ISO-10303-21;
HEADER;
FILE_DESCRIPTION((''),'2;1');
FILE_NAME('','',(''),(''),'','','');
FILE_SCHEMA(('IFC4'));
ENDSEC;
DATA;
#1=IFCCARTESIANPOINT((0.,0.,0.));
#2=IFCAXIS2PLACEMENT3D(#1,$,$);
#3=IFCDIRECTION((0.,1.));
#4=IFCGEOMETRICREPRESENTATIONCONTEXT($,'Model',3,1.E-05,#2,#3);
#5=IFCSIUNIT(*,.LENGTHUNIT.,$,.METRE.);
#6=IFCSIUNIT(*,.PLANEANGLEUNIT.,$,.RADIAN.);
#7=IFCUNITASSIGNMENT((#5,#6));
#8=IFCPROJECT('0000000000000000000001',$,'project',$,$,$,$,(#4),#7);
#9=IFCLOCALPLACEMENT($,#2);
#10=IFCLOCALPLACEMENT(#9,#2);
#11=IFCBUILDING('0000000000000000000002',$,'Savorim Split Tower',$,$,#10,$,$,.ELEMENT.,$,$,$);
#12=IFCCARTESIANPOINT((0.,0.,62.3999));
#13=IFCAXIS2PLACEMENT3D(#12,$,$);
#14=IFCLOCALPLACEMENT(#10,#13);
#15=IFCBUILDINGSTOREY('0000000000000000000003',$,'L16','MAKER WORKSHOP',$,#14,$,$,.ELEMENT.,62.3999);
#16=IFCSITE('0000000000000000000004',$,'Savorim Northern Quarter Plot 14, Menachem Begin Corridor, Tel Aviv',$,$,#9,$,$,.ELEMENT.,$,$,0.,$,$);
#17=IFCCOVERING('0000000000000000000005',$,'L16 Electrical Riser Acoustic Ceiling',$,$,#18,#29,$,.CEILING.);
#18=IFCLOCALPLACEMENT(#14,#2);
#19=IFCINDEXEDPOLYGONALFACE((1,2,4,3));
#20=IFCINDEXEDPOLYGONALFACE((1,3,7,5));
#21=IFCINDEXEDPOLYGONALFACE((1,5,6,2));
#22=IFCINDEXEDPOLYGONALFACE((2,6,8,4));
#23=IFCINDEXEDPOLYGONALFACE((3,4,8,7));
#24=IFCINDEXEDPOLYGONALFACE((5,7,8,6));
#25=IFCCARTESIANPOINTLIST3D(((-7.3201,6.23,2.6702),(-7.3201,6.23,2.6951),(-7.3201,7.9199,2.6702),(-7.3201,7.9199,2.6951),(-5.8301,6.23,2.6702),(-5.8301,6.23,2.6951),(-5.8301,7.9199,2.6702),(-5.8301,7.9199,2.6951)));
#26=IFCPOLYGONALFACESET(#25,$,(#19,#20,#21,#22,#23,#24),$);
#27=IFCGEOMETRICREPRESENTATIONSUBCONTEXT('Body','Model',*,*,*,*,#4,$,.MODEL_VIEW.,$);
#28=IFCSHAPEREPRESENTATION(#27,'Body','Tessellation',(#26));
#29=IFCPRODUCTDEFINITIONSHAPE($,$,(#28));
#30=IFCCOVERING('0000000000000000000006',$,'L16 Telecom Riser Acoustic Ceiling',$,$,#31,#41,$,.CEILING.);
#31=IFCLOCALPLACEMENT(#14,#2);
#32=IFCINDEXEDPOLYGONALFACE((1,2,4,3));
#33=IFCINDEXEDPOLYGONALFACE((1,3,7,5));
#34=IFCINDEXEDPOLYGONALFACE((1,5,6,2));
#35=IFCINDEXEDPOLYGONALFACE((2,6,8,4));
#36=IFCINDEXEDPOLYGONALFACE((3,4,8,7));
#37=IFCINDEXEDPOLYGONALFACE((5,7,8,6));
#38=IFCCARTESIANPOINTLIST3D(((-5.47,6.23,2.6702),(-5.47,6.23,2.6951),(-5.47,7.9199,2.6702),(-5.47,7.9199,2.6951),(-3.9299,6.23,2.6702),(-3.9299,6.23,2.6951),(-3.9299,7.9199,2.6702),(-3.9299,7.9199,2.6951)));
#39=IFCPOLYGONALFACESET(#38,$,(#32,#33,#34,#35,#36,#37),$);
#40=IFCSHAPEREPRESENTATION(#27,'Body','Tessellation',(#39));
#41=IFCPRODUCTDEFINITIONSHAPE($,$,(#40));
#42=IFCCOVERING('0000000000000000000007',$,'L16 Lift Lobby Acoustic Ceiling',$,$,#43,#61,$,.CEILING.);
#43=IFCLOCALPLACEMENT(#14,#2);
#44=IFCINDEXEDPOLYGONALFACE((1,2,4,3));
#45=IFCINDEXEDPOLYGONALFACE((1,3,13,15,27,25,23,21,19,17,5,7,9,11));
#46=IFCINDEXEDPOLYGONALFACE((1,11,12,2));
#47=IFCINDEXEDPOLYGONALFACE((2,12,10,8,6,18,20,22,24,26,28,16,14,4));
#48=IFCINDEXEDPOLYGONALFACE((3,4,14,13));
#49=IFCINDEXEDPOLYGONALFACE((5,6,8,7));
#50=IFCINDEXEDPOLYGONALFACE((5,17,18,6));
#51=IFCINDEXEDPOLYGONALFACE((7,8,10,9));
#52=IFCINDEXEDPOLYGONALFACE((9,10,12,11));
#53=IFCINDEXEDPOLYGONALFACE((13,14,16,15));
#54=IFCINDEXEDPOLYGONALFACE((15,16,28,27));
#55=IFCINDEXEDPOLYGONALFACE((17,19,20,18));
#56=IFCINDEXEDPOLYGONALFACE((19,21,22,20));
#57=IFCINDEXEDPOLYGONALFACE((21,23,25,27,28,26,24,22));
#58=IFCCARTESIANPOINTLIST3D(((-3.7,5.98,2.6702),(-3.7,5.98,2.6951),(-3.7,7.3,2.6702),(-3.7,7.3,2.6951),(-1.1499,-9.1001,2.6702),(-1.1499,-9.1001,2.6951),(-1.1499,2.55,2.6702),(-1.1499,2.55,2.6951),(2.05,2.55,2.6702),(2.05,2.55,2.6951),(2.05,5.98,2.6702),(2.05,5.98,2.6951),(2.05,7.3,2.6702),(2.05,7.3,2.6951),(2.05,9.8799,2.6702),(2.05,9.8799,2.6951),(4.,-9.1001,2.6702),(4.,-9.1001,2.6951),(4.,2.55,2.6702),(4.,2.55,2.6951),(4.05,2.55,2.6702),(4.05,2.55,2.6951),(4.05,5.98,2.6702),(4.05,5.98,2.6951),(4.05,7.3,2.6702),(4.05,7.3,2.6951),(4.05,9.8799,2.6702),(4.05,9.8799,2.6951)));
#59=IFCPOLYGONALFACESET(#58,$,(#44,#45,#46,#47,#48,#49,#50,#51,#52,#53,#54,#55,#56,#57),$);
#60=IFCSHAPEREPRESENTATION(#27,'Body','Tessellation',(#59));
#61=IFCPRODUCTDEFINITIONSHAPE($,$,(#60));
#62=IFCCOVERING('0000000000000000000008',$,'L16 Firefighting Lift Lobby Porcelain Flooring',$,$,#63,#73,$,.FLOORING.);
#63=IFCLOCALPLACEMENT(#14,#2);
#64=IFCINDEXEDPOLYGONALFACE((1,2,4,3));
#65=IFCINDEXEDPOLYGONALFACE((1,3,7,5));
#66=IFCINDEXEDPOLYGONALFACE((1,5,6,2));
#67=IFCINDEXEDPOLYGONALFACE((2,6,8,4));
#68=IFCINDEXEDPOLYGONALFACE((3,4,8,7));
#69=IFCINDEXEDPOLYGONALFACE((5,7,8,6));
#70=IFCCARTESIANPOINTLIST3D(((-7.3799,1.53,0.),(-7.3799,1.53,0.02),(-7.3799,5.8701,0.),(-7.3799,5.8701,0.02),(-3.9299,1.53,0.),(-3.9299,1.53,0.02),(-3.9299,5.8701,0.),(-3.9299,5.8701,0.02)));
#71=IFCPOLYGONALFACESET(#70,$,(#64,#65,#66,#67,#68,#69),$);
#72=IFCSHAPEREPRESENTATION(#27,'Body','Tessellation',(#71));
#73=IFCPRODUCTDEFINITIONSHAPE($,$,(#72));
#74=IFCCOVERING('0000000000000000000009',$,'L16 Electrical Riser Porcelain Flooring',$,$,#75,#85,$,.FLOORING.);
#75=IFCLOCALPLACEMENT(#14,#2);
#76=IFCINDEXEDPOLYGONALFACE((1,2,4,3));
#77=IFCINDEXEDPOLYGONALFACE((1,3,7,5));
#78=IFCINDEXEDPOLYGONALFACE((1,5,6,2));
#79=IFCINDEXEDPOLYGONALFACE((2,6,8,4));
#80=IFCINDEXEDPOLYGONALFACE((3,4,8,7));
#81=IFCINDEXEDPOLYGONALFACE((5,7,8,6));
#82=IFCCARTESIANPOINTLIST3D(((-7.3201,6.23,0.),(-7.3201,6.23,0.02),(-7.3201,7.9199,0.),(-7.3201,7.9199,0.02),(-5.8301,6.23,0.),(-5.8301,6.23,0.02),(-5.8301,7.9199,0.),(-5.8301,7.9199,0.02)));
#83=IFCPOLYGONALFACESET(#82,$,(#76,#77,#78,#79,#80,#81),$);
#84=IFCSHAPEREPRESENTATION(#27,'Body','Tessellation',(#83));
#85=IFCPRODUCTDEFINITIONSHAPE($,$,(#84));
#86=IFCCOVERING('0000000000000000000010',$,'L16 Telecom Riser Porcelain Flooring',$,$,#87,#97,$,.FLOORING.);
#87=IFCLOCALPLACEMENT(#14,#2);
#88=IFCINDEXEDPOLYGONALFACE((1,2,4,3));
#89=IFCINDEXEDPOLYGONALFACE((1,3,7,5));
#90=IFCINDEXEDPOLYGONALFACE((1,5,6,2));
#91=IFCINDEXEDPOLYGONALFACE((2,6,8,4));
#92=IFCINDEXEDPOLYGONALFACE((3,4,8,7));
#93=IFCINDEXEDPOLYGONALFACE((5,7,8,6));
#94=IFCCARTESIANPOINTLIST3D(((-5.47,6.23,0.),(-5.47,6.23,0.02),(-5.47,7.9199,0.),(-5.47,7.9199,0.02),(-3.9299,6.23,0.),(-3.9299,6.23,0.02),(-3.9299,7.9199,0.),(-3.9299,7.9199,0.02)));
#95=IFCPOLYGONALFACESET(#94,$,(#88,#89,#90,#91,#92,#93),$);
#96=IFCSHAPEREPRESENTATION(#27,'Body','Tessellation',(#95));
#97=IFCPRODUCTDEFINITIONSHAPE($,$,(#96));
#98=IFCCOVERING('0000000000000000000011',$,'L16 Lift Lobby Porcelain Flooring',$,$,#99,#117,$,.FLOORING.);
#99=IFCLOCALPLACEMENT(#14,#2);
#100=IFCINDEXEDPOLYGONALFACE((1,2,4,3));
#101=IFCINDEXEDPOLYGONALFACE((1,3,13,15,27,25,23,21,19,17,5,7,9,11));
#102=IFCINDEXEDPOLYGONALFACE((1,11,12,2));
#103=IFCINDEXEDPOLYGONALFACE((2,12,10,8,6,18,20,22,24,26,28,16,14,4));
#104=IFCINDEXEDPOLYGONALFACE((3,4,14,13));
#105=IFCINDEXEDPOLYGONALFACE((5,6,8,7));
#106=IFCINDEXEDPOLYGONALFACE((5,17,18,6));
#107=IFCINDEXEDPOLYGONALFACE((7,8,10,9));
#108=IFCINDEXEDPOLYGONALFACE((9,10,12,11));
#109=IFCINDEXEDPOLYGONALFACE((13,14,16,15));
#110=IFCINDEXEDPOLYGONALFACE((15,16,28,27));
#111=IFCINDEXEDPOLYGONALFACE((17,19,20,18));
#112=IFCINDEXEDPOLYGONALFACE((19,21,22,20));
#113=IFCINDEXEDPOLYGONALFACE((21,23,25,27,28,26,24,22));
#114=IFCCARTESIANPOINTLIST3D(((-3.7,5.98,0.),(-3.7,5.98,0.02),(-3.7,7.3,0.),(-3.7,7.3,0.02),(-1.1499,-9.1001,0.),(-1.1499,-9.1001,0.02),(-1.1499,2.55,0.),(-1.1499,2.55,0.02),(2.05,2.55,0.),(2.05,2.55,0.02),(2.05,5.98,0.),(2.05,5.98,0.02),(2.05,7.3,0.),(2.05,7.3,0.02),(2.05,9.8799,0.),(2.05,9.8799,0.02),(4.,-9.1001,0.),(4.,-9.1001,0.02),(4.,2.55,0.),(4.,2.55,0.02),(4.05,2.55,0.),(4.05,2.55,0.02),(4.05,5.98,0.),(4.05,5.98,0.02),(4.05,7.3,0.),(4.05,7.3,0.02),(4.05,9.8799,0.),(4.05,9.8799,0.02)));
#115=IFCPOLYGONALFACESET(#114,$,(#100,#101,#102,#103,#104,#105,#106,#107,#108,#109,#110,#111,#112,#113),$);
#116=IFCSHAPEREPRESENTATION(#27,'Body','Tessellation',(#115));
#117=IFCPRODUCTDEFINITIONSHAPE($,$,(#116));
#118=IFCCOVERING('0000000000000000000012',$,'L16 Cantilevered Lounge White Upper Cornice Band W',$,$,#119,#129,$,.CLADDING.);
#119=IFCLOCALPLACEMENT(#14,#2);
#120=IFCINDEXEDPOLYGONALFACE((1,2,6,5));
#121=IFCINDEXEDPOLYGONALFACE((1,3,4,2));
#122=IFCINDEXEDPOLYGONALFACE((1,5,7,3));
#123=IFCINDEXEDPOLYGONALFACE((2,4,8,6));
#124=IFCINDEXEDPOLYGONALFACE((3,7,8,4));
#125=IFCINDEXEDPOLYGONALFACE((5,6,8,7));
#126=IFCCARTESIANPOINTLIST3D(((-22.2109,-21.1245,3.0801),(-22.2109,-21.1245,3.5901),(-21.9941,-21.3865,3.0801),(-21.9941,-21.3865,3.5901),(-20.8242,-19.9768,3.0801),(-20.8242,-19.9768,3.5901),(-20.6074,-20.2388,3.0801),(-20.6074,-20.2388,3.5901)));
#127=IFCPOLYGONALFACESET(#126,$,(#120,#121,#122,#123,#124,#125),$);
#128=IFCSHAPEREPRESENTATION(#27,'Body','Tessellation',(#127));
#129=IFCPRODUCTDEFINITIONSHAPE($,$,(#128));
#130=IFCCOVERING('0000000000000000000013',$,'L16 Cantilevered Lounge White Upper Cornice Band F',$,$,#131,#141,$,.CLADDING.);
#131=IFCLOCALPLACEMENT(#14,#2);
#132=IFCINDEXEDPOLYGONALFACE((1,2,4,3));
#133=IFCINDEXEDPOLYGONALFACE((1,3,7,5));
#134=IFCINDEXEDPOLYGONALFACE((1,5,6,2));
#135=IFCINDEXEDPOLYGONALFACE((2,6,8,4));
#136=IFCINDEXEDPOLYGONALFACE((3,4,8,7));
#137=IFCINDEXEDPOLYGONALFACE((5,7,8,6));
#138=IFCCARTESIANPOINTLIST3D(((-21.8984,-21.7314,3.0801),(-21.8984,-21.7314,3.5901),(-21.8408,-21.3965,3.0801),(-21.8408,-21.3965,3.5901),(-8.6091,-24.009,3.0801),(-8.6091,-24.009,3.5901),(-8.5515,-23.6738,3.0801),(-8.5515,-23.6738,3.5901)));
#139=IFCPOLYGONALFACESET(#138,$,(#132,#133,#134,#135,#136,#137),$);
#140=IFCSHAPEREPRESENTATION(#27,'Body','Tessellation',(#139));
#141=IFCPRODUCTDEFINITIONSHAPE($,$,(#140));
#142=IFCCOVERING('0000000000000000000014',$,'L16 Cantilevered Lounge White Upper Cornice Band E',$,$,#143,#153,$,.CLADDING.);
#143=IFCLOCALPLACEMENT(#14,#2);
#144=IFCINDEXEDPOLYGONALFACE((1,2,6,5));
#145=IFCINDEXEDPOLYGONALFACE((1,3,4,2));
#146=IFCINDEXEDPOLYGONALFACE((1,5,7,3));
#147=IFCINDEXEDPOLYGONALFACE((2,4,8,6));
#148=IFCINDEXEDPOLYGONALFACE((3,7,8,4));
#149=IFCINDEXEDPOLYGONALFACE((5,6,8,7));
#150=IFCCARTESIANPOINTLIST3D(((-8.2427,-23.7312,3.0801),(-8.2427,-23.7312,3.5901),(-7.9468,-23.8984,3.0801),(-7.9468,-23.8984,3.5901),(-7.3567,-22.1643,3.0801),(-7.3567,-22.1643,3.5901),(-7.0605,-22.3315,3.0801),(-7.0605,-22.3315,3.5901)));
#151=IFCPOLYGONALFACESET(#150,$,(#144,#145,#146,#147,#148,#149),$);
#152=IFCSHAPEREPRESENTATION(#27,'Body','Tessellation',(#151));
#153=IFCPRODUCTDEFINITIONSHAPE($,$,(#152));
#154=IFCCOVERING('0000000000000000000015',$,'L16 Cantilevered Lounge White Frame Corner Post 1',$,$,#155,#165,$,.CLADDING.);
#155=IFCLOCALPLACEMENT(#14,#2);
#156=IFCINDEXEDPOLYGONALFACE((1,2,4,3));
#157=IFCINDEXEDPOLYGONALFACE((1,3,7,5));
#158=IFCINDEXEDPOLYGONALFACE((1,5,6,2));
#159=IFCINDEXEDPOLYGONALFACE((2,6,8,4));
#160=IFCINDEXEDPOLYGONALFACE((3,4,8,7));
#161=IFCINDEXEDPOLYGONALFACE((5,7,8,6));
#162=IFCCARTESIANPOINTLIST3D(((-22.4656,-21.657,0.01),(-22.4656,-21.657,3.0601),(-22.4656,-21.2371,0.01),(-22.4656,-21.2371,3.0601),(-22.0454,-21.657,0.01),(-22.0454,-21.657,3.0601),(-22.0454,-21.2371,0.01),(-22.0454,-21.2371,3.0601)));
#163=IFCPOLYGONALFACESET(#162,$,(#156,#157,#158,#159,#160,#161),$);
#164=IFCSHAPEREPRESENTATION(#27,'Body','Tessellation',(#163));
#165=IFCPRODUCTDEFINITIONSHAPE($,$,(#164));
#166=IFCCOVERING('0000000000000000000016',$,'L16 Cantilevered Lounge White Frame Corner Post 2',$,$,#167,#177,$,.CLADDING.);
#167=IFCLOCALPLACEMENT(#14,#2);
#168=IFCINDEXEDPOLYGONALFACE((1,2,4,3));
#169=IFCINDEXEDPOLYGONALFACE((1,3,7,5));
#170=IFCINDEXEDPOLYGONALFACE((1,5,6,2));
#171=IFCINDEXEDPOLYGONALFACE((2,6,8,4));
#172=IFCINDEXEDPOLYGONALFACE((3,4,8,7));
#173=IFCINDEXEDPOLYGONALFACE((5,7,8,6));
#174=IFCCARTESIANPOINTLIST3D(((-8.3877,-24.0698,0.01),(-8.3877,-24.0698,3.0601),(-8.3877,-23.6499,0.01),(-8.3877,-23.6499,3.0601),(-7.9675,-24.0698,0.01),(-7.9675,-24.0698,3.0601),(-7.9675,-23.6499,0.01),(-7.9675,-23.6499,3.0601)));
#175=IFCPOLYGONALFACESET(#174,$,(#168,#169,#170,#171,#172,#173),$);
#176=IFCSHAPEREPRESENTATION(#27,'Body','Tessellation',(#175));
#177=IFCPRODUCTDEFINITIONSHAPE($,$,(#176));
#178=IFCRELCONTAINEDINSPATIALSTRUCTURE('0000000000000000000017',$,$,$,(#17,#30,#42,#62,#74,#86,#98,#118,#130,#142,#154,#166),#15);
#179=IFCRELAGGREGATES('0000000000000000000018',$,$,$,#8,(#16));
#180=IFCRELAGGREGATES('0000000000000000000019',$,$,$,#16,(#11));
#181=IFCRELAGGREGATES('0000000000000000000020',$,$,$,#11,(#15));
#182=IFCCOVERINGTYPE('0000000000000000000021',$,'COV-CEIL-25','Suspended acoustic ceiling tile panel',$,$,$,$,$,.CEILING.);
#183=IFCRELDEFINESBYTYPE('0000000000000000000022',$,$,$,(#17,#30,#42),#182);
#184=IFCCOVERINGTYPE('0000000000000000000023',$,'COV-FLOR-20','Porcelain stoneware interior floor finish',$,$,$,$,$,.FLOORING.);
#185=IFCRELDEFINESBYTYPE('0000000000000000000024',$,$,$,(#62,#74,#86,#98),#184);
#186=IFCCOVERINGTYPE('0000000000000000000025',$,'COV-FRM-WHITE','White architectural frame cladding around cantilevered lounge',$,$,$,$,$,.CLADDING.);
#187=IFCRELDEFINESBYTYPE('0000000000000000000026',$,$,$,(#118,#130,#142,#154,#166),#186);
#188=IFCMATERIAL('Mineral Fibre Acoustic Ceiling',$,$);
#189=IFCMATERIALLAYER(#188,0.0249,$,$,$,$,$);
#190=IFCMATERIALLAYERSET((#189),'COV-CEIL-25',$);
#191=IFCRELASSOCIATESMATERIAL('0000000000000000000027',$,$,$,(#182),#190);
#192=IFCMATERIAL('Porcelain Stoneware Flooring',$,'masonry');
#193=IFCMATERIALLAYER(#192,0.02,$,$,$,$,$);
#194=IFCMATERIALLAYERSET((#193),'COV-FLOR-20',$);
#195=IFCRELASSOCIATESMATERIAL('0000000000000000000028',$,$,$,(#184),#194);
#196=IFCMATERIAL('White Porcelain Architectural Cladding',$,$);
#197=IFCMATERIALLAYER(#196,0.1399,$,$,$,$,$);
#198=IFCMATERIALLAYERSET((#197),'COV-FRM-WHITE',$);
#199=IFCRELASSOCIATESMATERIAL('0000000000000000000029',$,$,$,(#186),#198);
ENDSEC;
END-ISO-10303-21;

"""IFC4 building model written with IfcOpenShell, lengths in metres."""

from ifc_helpers import new_model, si_unit, direction, frame, origin, place, context, subcontext, project, spatial, polyline, outline, extrude, material, layer, layer_set, type_object, element, save


model = new_model("IFC4")

# Units and contexts
model_context = context("Model", 3, precision=1e-05, world=origin(), true_north=direction((0.0, 1.0)))
body_context = subcontext(model_context, "Body", "Model", "MODEL_VIEW")
ifc_project = project(units=[si_unit("LENGTHUNIT", "METRE"), si_unit("PLANEANGLEUNIT", "RADIAN")], contexts=[model_context])

# Site, building, storey
site_placement = place(None, origin())
site = spatial("IfcSite", under=ifc_project, at=site_placement, Name="Savorim Northern Quarter Plot 14, Menachem Begin Corridor, Tel Aviv", CompositionType="ELEMENT", RefElevation=0.0)
building_placement = place(site_placement, origin())
building = spatial("IfcBuilding", under=site, at=building_placement, Name="Savorim Split Tower", CompositionType="ELEMENT")
storey_placement = place(building_placement, frame((0.0, 0.0, 62.3999)))
storey = spatial("IfcBuildingStorey", under=building, at=storey_placement, Name="L16", Description="MAKER WORKSHOP", CompositionType="ELEMENT", Elevation=62.3999)

# Coverings
ifc_material_1 = material(Name="Mineral Fibre Acoustic Ceiling")
ifc_layer_1 = layer(ifc_material_1, 0.0249)
ifc_layer_set_1 = layer_set([ifc_layer_1], Name="COV-CEIL-25")
covering_type_1 = type_object("IfcCoveringType", Name="COV-CEIL-25", Description="Suspended acoustic ceiling tile panel", PredefinedType="CEILING", material=ifc_layer_set_1)
covering_1_placement = place(storey_placement, frame((0.0, 0.0, 2.6702)))
element("IfcCovering", 1, at=covering_1_placement, inside=storey, type_object=covering_type_1, Name="L16 Electrical Riser Acoustic Ceiling", PredefinedType="CEILING", context=body_context, shape_type="SweptSolid", body=[
    extrude(outline(polyline([(-7.3201, 7.9199), (-7.3201, 6.23), (-5.8301, 6.23), (-5.8301, 7.9199), (-7.3201, 7.9199)])), origin(), (0.0, 0.0, 1.0), 0.0249),
])
covering_2_placement = place(storey_placement, frame((0.0, 0.0, 2.6702)))
element("IfcCovering", 2, at=covering_2_placement, inside=storey, type_object=covering_type_1, Name="L16 Telecom Riser Acoustic Ceiling", PredefinedType="CEILING", context=body_context, shape_type="SweptSolid", body=[
    extrude(outline(polyline([(-5.47, 7.9199), (-5.47, 6.23), (-3.9299, 6.23), (-3.9299, 7.9199), (-5.47, 7.9199)])), origin(), (0.0, 0.0, 1.0), 0.0249),
])
covering_3_placement = place(storey_placement, frame((0.0, 0.0, 2.6702)))
element("IfcCovering", 3, at=covering_3_placement, inside=storey, type_object=covering_type_1, Name="L16 Lift Lobby Acoustic Ceiling", PredefinedType="CEILING", context=body_context, shape_type="SweptSolid", body=[
    extrude(outline(polyline([(2.05, 2.55), (-1.1499, 2.55), (-1.1499, -9.1001), (4.0, -9.1001), (4.0, 2.55), (4.05, 2.55), (4.05, 5.98), (4.05, 7.3), (4.05, 9.8799), (2.05, 9.8799), (2.05, 7.3), (-3.7, 7.3), (-3.7, 5.98), (2.05, 5.98), (2.05, 2.55)])), origin(), (0.0, 0.0, 1.0), 0.0249),
])
ifc_material_2 = material(Name="Porcelain Stoneware Flooring", Category="masonry")
ifc_layer_2 = layer(ifc_material_2, 0.02)
ifc_layer_set_2 = layer_set([ifc_layer_2], Name="COV-FLOR-20")
covering_type_2 = type_object("IfcCoveringType", Name="COV-FLOR-20", Description="Porcelain stoneware interior floor finish", PredefinedType="FLOORING", material=ifc_layer_set_2)
covering_4_placement = place(storey_placement, origin())
element("IfcCovering", 4, at=covering_4_placement, inside=storey, type_object=covering_type_2, Name="L16 Firefighting Lift Lobby Porcelain Flooring", PredefinedType="FLOORING", context=body_context, shape_type="SweptSolid", body=[
    extrude(outline(polyline([(-7.3799, 5.8701), (-7.3799, 1.53), (-3.9299, 1.53), (-3.9299, 5.8701), (-7.3799, 5.8701)])), origin(), (0.0, 0.0, 1.0), 0.02),
])
covering_5_placement = place(storey_placement, origin())
element("IfcCovering", 5, at=covering_5_placement, inside=storey, type_object=covering_type_2, Name="L16 Electrical Riser Porcelain Flooring", PredefinedType="FLOORING", context=body_context, shape_type="SweptSolid", body=[
    extrude(outline(polyline([(-7.3201, 7.9199), (-7.3201, 6.23), (-5.8301, 6.23), (-5.8301, 7.9199), (-7.3201, 7.9199)])), origin(), (0.0, 0.0, 1.0), 0.02),
])
covering_6_placement = place(storey_placement, origin())
element("IfcCovering", 6, at=covering_6_placement, inside=storey, type_object=covering_type_2, Name="L16 Telecom Riser Porcelain Flooring", PredefinedType="FLOORING", context=body_context, shape_type="SweptSolid", body=[
    extrude(outline(polyline([(-5.47, 7.9199), (-5.47, 6.23), (-3.9299, 6.23), (-3.9299, 7.9199), (-5.47, 7.9199)])), origin(), (0.0, 0.0, 1.0), 0.02),
])
covering_7_placement = place(storey_placement, origin())
element("IfcCovering", 7, at=covering_7_placement, inside=storey, type_object=covering_type_2, Name="L16 Lift Lobby Porcelain Flooring", PredefinedType="FLOORING", context=body_context, shape_type="SweptSolid", body=[
    extrude(outline(polyline([(2.05, 2.55), (-1.1499, 2.55), (-1.1499, -9.1001), (4.0, -9.1001), (4.0, 2.55), (4.05, 2.55), (4.05, 5.98), (4.05, 7.3), (4.05, 9.8799), (2.05, 9.8799), (2.05, 7.3), (-3.7, 7.3), (-3.7, 5.98), (2.05, 5.98), (2.05, 2.55)])), origin(), (0.0, 0.0, 1.0), 0.02),
])
ifc_material_3 = material(Name="White Porcelain Architectural Cladding")
ifc_layer_3 = layer(ifc_material_3, 0.1399)
ifc_layer_set_3 = layer_set([ifc_layer_3], Name="COV-FRM-WHITE")
covering_type_3 = type_object("IfcCoveringType", Name="COV-FRM-WHITE", Description="White architectural frame cladding around cantilevered lounge", PredefinedType="CLADDING", material=ifc_layer_set_3)
covering_8_placement = place(storey_placement, frame((0.0, 0.0, 3.0801)))
element("IfcCovering", 8, at=covering_8_placement, inside=storey, type_object=covering_type_3, Name="L16 Cantilevered Lounge White Upper Cornice Band W", PredefinedType="CLADDING", context=body_context, shape_type="SweptSolid", body=[
    extrude(outline(polyline([(-20.8242, -19.9768), (-22.2109, -21.1245), (-21.9941, -21.3865), (-20.6074, -20.2388), (-20.8242, -19.9768)])), origin(), (0.0, 0.0, 1.0), 0.51),
])
covering_9_placement = place(storey_placement, frame((0.0, 0.0, 3.0801)))
element("IfcCovering", 9, at=covering_9_placement, inside=storey, type_object=covering_type_3, Name="L16 Cantilevered Lounge White Upper Cornice Band F", PredefinedType="CLADDING", context=body_context, shape_type="SweptSolid", body=[
    extrude(outline(polyline([(-21.8984, -21.7314), (-8.6091, -24.009), (-8.5515, -23.6738), (-21.8408, -21.3965), (-21.8984, -21.7314)])), origin(), (0.0, 0.0, 1.0), 0.51),
])
covering_10_placement = place(storey_placement, frame((0.0, 0.0, 3.0801)))
element("IfcCovering", 10, at=covering_10_placement, inside=storey, type_object=covering_type_3, Name="L16 Cantilevered Lounge White Upper Cornice Band E", PredefinedType="CLADDING", context=body_context, shape_type="SweptSolid", body=[
    extrude(outline(polyline([(-7.9468, -23.8984), (-7.0605, -22.3315), (-7.3567, -22.1643), (-8.2427, -23.7312), (-7.9468, -23.8984)])), origin(), (0.0, 0.0, 1.0), 0.51),
])
covering_11_placement = place(storey_placement, frame((0.0, 0.0, 0.01)))
element("IfcCovering", 11, at=covering_11_placement, inside=storey, type_object=covering_type_3, Name="L16 Cantilevered Lounge White Frame Corner Post 1", PredefinedType="CLADDING", context=body_context, shape_type="SweptSolid", body=[
    extrude(outline(polyline([(-22.4656, -21.657), (-22.0454, -21.657), (-22.0454, -21.2371), (-22.4656, -21.2371), (-22.4656, -21.657)])), origin(), (0.0, 0.0, 1.0), 3.05),
])
covering_12_placement = place(storey_placement, frame((0.0, 0.0, 0.01)))
element("IfcCovering", 12, at=covering_12_placement, inside=storey, type_object=covering_type_3, Name="L16 Cantilevered Lounge White Frame Corner Post 2", PredefinedType="CLADDING", context=body_context, shape_type="SweptSolid", body=[
    extrude(outline(polyline([(-8.3877, -24.0698), (-7.9675, -24.0698), (-7.9675, -23.6499), (-8.3877, -23.6499), (-8.3877, -24.0698)])), origin(), (0.0, 0.0, 1.0), 3.05),
])

save(model, "model.ifc")
